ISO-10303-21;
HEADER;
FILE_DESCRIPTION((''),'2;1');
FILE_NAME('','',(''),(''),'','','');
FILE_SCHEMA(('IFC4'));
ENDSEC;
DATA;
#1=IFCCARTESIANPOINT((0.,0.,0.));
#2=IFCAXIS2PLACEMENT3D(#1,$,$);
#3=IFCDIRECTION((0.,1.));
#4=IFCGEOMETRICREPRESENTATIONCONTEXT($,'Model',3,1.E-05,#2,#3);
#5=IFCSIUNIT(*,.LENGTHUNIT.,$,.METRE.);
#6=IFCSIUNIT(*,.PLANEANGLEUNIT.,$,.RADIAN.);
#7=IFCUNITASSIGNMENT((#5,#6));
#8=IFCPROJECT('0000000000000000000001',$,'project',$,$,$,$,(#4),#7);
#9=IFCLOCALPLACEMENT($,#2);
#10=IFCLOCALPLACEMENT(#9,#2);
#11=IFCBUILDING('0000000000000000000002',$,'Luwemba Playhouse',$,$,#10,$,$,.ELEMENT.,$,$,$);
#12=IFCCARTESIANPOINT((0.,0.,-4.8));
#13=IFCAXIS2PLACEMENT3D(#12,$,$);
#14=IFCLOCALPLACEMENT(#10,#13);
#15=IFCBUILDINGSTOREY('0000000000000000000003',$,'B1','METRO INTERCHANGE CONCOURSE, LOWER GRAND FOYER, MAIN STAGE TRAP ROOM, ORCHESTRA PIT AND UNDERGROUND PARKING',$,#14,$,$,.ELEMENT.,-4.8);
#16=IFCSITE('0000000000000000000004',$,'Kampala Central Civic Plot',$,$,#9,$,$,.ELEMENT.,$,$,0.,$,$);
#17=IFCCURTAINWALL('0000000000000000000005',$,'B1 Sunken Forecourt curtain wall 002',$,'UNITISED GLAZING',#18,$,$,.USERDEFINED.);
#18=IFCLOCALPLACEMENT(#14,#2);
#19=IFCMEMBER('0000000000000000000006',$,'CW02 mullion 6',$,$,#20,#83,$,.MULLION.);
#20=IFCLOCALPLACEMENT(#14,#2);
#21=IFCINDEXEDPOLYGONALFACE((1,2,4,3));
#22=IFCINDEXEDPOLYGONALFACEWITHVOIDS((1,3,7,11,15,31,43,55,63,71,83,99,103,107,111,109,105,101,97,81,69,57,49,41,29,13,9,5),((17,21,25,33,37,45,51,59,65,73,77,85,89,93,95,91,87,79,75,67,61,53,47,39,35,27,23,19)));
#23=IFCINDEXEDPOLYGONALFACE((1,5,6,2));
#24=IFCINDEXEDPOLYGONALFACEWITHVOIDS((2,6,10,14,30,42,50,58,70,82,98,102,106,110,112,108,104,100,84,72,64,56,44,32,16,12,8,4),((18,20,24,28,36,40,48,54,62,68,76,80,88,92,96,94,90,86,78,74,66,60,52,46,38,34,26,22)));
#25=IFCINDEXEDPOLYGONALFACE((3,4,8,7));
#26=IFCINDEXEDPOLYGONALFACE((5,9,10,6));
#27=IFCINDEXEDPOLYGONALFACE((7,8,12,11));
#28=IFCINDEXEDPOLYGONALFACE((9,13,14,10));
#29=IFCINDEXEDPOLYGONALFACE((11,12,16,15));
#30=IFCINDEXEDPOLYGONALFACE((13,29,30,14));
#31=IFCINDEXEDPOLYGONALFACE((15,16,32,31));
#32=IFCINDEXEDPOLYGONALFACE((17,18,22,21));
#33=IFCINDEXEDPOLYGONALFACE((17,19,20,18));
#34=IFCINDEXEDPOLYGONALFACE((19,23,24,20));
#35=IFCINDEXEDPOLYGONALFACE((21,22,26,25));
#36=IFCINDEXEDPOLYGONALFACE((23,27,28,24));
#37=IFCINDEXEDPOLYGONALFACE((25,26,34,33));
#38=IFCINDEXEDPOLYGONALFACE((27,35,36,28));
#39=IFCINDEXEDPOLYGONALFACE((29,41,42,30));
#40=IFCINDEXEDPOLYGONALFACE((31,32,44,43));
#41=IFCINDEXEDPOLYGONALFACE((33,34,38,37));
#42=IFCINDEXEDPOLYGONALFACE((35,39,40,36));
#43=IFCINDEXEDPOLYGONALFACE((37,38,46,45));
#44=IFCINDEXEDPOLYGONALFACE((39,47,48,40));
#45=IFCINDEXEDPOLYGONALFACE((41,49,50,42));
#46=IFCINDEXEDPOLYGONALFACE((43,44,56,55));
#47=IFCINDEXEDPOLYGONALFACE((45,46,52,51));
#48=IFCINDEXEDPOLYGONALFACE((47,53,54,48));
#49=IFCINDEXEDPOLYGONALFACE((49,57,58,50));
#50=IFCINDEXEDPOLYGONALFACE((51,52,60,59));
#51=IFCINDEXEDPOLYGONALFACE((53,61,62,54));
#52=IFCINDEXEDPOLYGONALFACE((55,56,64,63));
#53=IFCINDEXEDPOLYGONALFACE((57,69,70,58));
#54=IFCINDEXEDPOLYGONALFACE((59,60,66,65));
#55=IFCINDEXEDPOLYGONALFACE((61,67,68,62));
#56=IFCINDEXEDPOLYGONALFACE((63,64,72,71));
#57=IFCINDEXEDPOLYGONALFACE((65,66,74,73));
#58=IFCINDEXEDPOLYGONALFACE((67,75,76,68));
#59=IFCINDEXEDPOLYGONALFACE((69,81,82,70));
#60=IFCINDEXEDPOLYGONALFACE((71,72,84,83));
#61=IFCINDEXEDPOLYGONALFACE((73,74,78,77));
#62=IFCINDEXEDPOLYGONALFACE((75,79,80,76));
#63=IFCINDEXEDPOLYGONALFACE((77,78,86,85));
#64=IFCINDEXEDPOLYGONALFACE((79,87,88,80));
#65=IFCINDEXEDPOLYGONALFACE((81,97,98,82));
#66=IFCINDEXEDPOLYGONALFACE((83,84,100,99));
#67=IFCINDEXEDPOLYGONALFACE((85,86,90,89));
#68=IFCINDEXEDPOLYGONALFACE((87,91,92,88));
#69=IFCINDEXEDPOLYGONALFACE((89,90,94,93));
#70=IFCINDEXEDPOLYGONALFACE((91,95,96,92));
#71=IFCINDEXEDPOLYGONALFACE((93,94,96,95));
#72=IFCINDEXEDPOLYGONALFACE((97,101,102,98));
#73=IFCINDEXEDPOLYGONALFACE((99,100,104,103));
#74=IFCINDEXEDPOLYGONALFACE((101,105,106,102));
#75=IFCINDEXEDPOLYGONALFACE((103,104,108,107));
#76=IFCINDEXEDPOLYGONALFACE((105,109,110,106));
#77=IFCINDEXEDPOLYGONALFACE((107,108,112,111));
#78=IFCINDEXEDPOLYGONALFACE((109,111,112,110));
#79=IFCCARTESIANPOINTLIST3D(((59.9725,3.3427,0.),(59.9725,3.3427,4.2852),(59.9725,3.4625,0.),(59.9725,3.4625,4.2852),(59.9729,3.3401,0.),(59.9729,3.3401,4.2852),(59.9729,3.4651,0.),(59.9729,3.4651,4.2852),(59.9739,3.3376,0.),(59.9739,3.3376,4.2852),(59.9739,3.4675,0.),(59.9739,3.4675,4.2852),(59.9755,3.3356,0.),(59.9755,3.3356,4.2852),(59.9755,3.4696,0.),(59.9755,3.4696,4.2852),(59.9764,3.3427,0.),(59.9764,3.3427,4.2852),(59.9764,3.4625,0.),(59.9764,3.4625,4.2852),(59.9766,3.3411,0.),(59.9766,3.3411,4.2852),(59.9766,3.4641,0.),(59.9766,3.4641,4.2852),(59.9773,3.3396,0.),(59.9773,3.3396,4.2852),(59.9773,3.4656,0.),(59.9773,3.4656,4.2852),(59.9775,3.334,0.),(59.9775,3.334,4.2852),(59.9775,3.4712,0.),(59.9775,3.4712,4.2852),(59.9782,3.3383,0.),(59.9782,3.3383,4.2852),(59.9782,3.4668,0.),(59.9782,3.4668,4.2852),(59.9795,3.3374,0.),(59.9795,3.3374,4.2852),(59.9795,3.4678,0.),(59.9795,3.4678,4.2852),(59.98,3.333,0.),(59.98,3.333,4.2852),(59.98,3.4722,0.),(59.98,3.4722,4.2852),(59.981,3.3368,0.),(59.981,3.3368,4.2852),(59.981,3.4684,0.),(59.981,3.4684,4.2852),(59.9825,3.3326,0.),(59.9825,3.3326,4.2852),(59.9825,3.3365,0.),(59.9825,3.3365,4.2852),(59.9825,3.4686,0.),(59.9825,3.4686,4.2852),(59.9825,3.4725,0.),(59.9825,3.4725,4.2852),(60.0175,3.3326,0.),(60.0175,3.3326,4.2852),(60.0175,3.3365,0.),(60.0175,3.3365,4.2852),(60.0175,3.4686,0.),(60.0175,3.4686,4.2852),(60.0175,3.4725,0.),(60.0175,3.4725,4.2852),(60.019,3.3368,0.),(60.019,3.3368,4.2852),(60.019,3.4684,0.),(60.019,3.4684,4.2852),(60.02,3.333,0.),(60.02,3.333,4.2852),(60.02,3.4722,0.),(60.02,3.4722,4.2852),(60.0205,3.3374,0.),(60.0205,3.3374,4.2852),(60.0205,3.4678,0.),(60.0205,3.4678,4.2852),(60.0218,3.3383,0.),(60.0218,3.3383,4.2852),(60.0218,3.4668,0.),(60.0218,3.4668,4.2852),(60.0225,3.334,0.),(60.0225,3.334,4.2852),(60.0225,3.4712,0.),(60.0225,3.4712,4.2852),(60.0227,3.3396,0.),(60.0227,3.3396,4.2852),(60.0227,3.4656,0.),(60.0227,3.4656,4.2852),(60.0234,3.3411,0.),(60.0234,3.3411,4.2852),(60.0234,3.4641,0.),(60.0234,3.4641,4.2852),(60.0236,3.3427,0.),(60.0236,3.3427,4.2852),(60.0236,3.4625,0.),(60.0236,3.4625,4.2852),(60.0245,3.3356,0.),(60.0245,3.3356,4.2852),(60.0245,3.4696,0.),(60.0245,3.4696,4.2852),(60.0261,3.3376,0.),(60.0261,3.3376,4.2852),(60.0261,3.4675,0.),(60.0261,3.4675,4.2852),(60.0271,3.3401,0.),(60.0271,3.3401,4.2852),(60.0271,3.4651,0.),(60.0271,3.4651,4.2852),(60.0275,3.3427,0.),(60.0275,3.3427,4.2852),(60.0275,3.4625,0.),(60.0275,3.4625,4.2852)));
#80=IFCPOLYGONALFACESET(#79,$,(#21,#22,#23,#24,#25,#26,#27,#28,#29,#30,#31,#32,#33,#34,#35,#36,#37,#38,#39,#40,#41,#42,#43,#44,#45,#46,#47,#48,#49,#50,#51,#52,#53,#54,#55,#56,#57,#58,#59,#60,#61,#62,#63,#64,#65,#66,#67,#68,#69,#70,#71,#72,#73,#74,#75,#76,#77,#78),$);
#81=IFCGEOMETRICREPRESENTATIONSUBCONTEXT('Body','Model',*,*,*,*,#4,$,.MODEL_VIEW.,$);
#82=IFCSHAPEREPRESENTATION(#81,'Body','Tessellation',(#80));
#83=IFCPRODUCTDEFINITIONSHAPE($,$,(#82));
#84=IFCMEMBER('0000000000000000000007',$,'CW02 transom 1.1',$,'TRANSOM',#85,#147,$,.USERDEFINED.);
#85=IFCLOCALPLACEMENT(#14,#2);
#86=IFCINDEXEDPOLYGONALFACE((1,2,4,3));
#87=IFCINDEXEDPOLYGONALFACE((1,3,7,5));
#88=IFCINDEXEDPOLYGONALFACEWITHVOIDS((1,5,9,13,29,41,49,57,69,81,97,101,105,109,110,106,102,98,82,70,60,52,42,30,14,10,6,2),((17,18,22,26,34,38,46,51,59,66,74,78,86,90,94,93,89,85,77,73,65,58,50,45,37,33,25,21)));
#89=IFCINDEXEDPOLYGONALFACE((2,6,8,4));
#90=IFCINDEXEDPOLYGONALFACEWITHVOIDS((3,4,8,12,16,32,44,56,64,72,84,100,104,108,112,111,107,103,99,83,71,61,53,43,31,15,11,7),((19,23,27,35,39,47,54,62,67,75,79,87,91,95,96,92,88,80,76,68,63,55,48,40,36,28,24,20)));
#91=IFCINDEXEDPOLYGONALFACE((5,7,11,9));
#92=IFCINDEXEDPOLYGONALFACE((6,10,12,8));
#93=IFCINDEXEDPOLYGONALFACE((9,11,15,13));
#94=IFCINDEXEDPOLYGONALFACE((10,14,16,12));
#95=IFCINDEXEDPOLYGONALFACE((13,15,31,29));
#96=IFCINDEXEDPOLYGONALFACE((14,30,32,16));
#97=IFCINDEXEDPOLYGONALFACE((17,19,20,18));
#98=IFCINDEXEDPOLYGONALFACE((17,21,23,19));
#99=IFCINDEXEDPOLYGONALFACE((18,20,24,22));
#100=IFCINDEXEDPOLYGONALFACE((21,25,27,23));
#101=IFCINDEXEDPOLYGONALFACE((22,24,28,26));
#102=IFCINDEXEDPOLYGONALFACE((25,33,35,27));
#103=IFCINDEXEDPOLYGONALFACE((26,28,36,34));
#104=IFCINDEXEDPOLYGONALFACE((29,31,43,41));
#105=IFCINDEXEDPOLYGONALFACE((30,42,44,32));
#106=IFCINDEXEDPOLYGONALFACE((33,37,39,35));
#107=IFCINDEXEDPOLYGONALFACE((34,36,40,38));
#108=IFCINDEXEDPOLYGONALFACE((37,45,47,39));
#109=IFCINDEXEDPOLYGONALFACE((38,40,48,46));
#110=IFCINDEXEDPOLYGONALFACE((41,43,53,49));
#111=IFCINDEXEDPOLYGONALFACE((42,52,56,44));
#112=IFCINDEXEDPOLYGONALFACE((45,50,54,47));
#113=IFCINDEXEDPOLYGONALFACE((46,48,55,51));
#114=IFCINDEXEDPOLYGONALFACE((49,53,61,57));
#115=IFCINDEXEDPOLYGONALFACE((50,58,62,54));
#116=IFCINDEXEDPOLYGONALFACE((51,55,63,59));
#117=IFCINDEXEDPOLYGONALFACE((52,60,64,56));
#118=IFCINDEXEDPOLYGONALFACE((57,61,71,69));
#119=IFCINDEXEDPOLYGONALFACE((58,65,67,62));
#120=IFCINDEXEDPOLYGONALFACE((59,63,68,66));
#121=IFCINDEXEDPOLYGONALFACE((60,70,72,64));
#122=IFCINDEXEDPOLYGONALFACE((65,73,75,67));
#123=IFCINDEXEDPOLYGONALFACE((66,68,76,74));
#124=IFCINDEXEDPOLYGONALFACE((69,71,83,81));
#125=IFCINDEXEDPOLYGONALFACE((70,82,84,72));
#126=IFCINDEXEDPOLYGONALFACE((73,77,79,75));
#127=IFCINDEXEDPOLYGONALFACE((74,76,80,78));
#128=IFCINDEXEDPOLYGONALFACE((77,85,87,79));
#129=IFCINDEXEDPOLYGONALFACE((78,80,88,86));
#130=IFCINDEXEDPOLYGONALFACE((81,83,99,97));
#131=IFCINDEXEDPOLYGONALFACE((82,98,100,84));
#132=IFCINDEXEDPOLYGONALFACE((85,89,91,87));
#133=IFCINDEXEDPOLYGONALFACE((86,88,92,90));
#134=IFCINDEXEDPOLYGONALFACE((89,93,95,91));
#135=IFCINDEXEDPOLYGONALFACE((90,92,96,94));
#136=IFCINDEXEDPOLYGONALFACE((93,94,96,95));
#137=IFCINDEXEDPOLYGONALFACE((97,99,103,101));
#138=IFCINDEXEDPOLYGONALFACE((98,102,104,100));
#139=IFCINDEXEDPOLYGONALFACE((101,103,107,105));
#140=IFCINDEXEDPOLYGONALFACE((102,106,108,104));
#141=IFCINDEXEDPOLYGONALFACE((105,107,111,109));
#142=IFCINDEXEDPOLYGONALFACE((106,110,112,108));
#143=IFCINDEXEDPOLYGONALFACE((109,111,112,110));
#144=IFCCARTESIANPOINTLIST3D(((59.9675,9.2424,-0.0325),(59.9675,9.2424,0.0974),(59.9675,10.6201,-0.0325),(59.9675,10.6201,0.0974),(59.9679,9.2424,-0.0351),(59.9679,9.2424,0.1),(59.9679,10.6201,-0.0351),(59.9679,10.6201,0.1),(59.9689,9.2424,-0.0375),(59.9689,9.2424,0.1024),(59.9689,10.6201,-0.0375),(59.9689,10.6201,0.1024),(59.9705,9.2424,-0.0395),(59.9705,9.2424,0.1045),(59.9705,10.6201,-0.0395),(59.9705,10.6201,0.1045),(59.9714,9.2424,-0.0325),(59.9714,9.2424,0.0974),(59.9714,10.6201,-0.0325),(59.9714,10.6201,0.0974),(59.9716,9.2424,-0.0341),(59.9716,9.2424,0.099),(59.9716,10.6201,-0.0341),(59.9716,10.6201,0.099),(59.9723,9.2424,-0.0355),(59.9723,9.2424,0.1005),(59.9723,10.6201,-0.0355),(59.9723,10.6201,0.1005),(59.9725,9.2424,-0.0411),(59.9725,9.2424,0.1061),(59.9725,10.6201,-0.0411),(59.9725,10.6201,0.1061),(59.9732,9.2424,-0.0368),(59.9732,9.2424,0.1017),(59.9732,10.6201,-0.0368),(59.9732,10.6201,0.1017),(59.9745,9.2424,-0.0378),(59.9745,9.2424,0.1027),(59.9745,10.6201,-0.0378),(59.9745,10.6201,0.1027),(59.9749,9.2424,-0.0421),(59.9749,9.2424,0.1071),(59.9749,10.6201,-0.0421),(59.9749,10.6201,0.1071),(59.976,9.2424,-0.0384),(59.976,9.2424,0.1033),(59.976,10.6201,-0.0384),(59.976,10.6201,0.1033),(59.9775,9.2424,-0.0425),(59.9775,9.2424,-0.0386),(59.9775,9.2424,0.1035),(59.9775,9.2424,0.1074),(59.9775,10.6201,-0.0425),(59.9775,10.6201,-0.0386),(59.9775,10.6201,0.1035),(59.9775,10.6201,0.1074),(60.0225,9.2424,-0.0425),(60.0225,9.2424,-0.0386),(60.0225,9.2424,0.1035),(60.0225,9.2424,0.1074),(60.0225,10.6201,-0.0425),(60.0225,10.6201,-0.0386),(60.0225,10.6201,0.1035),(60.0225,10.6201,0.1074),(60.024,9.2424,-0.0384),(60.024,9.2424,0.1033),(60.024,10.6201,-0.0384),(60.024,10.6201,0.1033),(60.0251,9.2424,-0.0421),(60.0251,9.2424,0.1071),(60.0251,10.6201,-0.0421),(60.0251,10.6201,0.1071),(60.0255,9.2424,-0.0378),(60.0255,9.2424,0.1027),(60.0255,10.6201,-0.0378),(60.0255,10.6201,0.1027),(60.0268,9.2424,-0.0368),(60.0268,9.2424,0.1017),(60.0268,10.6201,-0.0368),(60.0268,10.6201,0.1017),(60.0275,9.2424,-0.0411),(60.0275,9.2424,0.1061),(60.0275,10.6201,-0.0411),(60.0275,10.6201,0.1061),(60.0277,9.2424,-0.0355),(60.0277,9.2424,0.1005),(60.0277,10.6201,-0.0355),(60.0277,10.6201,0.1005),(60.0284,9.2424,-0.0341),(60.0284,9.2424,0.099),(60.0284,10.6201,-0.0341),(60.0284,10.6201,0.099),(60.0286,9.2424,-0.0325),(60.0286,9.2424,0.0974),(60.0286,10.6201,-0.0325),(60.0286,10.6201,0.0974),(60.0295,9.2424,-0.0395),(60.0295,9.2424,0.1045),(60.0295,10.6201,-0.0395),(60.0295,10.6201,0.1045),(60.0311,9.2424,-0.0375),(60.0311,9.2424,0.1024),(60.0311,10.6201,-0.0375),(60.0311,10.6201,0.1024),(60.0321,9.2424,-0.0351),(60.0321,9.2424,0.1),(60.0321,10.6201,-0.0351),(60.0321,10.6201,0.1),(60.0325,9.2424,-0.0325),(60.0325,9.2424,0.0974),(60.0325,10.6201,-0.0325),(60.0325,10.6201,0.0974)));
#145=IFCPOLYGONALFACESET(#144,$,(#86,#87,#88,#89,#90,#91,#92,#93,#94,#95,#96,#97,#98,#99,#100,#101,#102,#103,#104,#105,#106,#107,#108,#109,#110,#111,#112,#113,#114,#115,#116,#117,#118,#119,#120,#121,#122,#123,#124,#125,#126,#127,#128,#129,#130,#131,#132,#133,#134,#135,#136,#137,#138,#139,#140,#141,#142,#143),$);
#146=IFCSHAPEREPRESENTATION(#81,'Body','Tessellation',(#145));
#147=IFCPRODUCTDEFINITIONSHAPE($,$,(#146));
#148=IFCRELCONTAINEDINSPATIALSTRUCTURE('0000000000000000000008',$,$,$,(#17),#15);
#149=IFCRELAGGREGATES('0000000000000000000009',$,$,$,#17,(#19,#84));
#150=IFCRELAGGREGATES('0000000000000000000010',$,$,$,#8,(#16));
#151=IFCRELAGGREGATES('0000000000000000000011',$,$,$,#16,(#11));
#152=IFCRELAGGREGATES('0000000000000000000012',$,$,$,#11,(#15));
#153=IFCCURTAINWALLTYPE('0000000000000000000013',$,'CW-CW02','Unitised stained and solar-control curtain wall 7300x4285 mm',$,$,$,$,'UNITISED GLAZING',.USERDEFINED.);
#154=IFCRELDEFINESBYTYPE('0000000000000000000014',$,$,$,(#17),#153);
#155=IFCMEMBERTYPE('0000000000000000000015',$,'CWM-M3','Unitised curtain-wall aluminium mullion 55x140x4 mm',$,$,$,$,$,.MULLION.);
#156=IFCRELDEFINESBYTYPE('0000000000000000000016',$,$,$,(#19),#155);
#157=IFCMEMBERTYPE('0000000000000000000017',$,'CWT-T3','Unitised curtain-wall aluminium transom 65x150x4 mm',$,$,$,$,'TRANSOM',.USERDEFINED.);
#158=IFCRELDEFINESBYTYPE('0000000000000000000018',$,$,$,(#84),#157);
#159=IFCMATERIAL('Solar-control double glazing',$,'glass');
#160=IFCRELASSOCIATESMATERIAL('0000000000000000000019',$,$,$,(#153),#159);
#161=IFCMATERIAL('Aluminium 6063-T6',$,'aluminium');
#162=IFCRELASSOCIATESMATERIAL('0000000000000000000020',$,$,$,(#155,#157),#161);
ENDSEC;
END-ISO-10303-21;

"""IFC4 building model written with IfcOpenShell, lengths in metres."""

from ifc_helpers import new_model, si_unit, direction, frame, origin, origin_2d, place, context, subcontext, project, spatial, hollow_rectangle, extrude, material, material_profile, profile_set, type_object, element, aggregate, save


model = new_model("IFC4")

# Units and contexts
model_context = context("Model", 3, precision=1e-05, world=origin(), true_north=direction((0.0, 1.0)))
body_context = subcontext(model_context, "Body", "Model", "MODEL_VIEW")
ifc_project = project(units=[si_unit("LENGTHUNIT", "METRE"), si_unit("PLANEANGLEUNIT", "RADIAN")], contexts=[model_context])

# Site, building, storey
site_placement = place(None, origin())
site = spatial("IfcSite", under=ifc_project, at=site_placement, Name="Kampala Central Civic Plot", CompositionType="ELEMENT", RefElevation=0.0)
building_placement = place(site_placement, origin())
building = spatial("IfcBuilding", under=site, at=building_placement, Name="Luwemba Playhouse", CompositionType="ELEMENT")
storey_placement = place(building_placement, frame((0.0, 0.0, -4.8)))
storey = spatial("IfcBuildingStorey", under=building, at=storey_placement, Name="B1", Description="METRO INTERCHANGE CONCOURSE, LOWER GRAND FOYER, MAIN STAGE TRAP ROOM, ORCHESTRA PIT AND UNDERGROUND PARKING", CompositionType="ELEMENT", Elevation=-4.8)

# Curtain wall, members
ifc_material_1 = material(Name="Solar-control double glazing", Category="glass")
curtain_wall_type = type_object("IfcCurtainWallType", Name="CW-CW02", Description="Unitised stained and solar-control curtain wall 7300x4285 mm", ElementType="UNITISED GLAZING", PredefinedType="USERDEFINED", material=ifc_material_1)
curtain_wall_placement = place(storey_placement, origin())
curtain_wall = element("IfcCurtainWall", 1, at=curtain_wall_placement, inside=storey, type_object=curtain_wall_type, Name="B1 Sunken Forecourt curtain wall 002", ObjectType="UNITISED GLAZING", PredefinedType="USERDEFINED")
ifc_material_2 = material(Name="Aluminium 6063-T6", Category="aluminium")
ifc_material_profile_1 = material_profile(ifc_material_2, hollow_rectangle(XDim=0.0549, YDim=0.1399, WallThickness=0.0039, InnerFilletRadius=0.0061, OuterFilletRadius=0.01, at=origin_2d()))
ifc_profile_set_1 = profile_set([ifc_material_profile_1], Name="Aluminium 6063-T6")
member_type_1 = type_object("IfcMemberType", Name="CWM-M3", Description="Unitised curtain-wall aluminium mullion 55x140x4 mm", PredefinedType="MULLION", material=ifc_profile_set_1)
member_1_placement = place(storey_placement, frame((60.0, 3.4026, 0.0), z_axis=(0.0, 0.0, 1.0), x_axis=(1.0, 0.0, 0.0)))
member_1 = element("IfcMember", 2, at=member_1_placement, type_object=member_type_1, Name="CW02 mullion 6", PredefinedType="MULLION", context=body_context, shape_type="SweptSolid", body=[
    extrude(hollow_rectangle(XDim=0.0549, YDim=0.1399, WallThickness=0.0039, InnerFilletRadius=0.0061, OuterFilletRadius=0.01, at=origin_2d()), origin(), (0.0, 0.0, 1.0), 4.2852),
])
ifc_material_profile_2 = material_profile(ifc_material_2, hollow_rectangle(XDim=0.0649, YDim=0.1499, WallThickness=0.0039, InnerFilletRadius=0.0061, OuterFilletRadius=0.01, at=origin_2d()))
ifc_profile_set_2 = profile_set([ifc_material_profile_2], Name="Aluminium 6063-T6")
member_type_2 = type_object("IfcMemberType", Name="CWT-T3", Description="Unitised curtain-wall aluminium transom 65x150x4 mm", ElementType="TRANSOM", PredefinedType="USERDEFINED", material=ifc_profile_set_2)
member_2_placement = place(storey_placement, frame((60.0, 10.6201, 0.0325), z_axis=(0.0, -1.0, 0.0), x_axis=(1.0, 0.0, 0.0)))
member_2 = element("IfcMember", 3, at=member_2_placement, type_object=member_type_2, Name="CW02 transom 1.1", ObjectType="TRANSOM", PredefinedType="USERDEFINED", context=body_context, shape_type="SweptSolid", body=[
    extrude(hollow_rectangle(XDim=0.0649, YDim=0.1499, WallThickness=0.0039, InnerFilletRadius=0.0061, OuterFilletRadius=0.01, at=origin_2d()), origin(), (0.0, 0.0, 1.0), 1.3777),
])
aggregate(curtain_wall, [member_1, member_2])

save(model, "model.ifc")
